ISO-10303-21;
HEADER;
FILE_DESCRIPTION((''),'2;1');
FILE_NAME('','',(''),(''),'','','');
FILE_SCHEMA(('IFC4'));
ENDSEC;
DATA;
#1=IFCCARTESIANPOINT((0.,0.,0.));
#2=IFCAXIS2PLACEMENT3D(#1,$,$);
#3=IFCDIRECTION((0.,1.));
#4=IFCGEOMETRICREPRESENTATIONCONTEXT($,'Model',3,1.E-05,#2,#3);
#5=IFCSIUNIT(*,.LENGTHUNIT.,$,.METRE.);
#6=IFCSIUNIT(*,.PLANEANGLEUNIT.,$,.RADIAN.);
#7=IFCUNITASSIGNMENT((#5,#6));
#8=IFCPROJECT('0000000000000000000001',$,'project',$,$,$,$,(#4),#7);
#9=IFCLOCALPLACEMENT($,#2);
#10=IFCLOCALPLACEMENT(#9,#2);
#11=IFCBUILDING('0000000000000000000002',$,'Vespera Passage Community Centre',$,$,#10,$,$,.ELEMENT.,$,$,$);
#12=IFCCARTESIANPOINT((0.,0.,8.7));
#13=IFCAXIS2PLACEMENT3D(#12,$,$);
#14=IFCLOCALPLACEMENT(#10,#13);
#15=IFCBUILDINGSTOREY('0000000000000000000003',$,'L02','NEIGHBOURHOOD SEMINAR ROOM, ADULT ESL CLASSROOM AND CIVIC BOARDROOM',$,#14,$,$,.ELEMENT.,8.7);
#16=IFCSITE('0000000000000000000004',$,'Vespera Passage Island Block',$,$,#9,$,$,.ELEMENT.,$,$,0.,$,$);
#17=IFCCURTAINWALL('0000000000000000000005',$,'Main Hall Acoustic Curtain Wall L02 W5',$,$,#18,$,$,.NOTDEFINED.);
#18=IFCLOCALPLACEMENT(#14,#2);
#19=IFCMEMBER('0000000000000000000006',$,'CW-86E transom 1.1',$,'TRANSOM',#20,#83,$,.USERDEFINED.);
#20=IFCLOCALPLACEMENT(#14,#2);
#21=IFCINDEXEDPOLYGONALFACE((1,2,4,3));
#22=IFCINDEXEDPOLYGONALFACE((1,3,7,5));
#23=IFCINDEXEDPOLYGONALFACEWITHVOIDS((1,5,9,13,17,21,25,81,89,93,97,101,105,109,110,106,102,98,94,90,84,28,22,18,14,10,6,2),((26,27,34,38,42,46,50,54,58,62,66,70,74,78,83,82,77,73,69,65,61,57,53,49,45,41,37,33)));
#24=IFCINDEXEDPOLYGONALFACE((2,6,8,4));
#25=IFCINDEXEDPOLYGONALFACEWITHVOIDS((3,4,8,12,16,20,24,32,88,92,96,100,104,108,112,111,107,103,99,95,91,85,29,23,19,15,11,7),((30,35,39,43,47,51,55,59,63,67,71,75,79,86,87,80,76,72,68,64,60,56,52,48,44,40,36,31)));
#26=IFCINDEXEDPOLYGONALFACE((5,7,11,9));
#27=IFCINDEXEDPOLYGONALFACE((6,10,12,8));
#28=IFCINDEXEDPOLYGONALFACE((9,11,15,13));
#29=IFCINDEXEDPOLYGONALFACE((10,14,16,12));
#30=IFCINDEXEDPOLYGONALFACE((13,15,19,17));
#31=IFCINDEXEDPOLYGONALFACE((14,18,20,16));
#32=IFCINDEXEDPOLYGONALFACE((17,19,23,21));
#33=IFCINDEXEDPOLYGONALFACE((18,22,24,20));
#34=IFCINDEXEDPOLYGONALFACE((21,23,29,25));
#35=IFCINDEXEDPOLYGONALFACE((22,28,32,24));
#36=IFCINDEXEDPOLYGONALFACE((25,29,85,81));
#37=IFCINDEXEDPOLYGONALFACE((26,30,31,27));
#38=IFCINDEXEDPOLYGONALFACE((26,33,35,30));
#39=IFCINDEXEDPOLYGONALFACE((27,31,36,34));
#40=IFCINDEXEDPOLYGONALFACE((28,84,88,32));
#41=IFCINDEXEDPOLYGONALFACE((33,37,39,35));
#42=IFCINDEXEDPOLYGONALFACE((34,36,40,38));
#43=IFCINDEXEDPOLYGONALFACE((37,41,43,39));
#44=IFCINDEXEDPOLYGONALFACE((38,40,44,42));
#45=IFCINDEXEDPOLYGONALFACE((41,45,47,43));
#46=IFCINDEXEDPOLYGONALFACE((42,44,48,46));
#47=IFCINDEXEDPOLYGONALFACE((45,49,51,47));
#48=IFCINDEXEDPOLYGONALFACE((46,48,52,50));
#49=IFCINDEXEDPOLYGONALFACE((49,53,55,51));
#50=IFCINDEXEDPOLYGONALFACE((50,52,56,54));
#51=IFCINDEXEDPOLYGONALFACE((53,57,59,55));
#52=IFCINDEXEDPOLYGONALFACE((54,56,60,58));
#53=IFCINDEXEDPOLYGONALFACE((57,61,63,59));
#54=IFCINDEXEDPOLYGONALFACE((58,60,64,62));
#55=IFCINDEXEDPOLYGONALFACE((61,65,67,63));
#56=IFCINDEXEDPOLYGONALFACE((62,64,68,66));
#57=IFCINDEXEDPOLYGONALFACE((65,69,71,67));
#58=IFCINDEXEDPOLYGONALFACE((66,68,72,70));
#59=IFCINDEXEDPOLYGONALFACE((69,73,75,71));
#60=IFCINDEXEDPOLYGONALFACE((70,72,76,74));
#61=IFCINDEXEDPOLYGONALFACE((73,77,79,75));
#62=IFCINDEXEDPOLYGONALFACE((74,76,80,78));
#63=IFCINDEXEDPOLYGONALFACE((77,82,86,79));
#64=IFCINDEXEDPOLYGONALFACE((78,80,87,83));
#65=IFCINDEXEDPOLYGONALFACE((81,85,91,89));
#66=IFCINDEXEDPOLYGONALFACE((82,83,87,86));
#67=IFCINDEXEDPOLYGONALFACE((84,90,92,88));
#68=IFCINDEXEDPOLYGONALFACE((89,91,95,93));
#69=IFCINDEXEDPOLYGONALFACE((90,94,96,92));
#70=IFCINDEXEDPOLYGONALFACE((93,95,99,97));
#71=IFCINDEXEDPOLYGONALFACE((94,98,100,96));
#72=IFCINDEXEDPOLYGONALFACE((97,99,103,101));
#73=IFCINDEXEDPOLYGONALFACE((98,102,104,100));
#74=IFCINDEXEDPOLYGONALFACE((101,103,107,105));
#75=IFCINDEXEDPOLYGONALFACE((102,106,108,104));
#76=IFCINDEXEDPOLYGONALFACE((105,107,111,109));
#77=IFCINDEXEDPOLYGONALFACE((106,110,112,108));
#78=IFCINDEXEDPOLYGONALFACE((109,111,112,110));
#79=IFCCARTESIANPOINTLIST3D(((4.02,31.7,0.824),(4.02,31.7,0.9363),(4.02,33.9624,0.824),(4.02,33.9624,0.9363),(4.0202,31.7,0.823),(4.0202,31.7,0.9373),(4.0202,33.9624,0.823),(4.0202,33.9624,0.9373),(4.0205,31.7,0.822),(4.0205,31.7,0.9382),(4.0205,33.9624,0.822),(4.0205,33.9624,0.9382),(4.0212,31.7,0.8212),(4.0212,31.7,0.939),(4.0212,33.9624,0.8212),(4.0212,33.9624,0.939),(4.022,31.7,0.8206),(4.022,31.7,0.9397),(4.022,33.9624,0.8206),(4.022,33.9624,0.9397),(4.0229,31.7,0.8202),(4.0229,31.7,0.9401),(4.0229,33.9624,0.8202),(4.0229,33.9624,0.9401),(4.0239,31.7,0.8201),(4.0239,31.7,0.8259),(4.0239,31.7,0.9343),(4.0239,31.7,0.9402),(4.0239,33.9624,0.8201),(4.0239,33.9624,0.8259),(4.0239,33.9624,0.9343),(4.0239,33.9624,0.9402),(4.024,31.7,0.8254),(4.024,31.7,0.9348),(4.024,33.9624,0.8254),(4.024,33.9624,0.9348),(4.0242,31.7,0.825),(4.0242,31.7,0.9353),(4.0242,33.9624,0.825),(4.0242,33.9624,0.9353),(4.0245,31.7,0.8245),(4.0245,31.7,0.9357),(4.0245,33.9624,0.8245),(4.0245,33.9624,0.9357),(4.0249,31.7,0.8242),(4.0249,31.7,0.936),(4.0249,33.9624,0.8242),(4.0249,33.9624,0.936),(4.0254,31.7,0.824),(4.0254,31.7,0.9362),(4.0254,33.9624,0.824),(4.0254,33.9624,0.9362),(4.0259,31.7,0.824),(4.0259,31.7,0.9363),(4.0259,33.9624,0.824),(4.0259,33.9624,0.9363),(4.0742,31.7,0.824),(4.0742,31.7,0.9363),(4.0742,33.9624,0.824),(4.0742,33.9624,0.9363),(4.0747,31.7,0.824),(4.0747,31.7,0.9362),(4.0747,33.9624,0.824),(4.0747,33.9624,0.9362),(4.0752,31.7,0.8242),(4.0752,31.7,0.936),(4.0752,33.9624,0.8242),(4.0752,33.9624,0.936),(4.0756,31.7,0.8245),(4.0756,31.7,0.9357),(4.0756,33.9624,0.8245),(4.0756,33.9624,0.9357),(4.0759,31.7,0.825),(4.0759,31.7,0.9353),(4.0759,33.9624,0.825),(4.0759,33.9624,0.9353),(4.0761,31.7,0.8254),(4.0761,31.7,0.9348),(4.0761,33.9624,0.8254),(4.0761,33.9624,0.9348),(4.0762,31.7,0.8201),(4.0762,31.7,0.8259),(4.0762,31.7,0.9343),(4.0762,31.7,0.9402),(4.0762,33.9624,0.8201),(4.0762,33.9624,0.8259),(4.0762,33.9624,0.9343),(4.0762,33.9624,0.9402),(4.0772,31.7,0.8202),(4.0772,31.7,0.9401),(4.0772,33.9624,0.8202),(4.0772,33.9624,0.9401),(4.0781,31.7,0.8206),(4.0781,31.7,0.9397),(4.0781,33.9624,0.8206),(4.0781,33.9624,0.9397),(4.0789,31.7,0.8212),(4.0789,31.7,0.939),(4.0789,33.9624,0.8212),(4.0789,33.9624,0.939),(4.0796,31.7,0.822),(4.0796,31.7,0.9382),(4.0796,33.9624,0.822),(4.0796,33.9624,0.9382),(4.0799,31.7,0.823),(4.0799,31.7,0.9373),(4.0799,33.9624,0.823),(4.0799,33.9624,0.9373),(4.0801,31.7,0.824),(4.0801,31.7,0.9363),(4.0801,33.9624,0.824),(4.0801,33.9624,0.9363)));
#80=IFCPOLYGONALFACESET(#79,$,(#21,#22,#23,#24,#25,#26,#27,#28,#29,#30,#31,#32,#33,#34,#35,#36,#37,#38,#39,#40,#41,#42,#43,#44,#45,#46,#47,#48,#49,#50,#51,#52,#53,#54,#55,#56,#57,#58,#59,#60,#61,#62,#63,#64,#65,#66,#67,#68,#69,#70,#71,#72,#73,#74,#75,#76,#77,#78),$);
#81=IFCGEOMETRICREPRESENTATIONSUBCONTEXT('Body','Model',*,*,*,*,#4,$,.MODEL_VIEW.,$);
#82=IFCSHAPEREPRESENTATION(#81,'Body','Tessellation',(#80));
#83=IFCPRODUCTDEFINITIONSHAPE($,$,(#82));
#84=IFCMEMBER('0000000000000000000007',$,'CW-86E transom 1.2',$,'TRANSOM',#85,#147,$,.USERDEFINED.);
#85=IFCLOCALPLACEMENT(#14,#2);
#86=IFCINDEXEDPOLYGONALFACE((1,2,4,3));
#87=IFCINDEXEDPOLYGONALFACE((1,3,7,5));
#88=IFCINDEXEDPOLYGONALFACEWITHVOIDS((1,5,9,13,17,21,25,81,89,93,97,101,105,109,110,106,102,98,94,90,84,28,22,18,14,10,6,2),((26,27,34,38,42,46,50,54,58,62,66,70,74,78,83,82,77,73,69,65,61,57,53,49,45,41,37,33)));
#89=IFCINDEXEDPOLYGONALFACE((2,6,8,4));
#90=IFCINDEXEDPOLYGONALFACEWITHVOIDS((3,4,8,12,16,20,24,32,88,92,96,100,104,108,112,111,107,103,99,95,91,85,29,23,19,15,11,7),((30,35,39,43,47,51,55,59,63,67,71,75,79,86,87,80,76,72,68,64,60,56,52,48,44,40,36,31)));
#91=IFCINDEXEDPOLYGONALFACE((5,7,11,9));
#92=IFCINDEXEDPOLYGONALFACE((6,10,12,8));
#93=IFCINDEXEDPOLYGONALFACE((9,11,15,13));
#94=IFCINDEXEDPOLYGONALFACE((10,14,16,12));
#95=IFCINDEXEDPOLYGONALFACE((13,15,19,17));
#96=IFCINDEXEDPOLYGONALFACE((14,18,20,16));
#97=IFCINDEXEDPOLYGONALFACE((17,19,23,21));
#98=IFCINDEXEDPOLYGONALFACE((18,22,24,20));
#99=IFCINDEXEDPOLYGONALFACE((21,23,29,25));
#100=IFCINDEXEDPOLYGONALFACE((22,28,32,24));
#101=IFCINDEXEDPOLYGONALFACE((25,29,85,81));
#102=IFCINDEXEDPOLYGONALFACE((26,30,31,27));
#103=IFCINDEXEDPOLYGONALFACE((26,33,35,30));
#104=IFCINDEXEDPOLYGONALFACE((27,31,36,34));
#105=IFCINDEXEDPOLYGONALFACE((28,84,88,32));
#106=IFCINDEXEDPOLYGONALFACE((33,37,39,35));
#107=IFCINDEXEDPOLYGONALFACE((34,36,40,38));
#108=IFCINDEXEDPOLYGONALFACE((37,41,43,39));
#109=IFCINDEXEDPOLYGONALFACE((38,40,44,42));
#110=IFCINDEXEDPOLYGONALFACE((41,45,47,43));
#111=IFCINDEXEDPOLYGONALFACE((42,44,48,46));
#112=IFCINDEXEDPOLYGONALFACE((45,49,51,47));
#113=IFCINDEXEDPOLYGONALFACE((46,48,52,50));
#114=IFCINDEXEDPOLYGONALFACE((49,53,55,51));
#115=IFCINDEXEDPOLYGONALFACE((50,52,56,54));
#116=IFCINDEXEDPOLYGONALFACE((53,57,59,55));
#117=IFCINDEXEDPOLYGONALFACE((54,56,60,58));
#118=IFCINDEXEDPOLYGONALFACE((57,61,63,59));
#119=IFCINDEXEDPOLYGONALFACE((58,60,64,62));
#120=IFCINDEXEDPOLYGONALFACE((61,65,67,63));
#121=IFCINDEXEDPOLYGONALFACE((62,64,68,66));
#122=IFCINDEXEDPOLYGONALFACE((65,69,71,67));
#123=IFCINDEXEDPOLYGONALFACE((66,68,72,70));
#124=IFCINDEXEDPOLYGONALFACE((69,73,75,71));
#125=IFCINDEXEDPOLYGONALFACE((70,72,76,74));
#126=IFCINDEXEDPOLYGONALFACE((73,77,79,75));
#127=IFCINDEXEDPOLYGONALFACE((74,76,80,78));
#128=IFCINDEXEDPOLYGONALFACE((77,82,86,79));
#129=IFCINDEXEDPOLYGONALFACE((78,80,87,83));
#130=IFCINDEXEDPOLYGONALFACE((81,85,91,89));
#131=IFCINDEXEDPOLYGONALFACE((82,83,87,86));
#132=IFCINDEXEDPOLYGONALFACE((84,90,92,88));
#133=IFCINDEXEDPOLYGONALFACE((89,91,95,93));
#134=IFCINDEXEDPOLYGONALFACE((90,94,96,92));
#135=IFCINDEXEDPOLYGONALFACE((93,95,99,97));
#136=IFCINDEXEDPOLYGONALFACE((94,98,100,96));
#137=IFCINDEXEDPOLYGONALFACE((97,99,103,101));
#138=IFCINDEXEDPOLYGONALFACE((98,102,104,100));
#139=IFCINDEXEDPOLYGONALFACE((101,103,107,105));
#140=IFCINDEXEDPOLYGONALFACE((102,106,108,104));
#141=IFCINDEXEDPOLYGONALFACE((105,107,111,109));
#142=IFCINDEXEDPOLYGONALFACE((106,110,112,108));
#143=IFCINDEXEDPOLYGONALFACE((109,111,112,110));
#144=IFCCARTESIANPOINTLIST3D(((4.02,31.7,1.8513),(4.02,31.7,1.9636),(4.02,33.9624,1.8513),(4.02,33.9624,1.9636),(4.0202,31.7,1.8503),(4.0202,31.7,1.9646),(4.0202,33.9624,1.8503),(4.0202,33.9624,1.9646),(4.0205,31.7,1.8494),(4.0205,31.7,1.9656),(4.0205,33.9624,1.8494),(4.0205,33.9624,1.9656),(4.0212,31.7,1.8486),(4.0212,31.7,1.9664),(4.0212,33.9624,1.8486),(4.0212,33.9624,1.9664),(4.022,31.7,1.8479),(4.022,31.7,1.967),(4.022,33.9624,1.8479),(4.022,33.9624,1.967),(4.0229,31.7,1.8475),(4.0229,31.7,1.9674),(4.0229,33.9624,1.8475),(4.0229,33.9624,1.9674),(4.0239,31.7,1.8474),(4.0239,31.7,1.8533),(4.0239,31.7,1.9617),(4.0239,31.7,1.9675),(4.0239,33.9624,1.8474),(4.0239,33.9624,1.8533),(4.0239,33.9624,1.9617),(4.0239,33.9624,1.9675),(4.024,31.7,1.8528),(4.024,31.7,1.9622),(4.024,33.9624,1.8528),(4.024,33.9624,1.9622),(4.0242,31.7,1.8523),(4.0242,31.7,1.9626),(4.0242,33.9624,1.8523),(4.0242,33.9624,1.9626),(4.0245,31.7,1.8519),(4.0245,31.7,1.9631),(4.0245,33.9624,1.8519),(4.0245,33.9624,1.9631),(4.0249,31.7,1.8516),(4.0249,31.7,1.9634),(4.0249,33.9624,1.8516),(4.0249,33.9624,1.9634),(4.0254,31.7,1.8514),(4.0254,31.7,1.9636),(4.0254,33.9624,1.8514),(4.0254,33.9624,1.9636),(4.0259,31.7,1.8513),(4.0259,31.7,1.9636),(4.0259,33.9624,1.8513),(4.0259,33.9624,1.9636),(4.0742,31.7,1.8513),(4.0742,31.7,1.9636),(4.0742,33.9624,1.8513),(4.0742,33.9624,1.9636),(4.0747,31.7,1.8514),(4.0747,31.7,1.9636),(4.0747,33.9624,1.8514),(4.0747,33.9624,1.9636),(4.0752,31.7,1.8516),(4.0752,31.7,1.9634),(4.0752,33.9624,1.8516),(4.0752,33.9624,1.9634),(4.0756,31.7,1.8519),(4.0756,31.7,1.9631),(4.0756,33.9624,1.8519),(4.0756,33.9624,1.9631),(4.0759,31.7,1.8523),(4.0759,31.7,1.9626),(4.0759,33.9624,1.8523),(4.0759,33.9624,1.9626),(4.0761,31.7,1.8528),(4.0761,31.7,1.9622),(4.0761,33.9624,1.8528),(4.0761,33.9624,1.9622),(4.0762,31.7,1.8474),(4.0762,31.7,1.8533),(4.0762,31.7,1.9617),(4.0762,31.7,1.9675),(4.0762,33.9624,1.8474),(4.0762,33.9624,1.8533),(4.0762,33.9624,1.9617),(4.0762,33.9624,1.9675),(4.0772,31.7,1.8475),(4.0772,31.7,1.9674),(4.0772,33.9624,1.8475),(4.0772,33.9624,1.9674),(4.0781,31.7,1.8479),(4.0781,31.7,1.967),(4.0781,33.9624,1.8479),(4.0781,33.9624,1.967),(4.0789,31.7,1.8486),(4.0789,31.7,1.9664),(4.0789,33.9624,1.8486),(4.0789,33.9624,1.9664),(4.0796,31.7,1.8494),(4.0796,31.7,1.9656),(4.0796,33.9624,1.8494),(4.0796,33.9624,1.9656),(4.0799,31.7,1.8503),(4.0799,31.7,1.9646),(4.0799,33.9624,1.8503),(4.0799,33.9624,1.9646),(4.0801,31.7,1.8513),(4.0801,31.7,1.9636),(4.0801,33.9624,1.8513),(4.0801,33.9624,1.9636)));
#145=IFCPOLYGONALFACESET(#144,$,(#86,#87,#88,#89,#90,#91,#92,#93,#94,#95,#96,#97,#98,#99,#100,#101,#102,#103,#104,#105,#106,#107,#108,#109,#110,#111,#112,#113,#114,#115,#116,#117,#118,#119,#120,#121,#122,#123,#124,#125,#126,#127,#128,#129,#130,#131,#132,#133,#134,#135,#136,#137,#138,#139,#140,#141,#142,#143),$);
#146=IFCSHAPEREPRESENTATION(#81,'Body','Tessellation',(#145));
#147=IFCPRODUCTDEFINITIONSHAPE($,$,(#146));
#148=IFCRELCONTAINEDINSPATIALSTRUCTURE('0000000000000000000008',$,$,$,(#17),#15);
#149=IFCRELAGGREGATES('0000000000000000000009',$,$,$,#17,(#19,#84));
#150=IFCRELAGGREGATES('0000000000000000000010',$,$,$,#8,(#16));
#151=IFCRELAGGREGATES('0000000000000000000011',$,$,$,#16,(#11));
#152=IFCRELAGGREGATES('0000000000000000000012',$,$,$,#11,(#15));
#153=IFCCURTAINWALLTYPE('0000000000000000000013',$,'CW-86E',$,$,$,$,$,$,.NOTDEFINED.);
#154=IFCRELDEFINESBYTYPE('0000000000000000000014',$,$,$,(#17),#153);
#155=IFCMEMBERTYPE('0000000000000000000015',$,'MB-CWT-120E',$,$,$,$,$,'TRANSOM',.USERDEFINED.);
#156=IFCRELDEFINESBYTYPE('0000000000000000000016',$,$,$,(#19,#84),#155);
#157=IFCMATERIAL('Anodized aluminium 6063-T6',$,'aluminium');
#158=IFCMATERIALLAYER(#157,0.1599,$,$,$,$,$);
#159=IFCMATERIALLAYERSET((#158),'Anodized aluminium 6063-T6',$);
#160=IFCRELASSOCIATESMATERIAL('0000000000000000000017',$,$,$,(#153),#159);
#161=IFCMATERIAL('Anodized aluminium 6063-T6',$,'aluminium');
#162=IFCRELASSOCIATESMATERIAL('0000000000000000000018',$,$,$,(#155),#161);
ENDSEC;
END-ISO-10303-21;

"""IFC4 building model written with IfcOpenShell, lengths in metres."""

from ifc_helpers import new_model, si_unit, direction, frame, origin, origin_2d, place, context, subcontext, project, spatial, hollow_rectangle, extrude, material, layer, layer_set, material_profile, profile_set, type_object, element, aggregate, save


model = new_model("IFC4")

# Units and contexts
model_context = context("Model", 3, precision=1e-05, world=origin(), true_north=direction((0.0, 1.0)))
body_context = subcontext(model_context, "Body", "Model", "MODEL_VIEW")
ifc_project = project(units=[si_unit("LENGTHUNIT", "METRE"), si_unit("PLANEANGLEUNIT", "RADIAN")], contexts=[model_context])

# Site, building, storey
site_placement = place(None, origin())
site = spatial("IfcSite", under=ifc_project, at=site_placement, Name="Vespera Passage Island Block", CompositionType="ELEMENT", RefElevation=0.0)
building_placement = place(site_placement, origin())
building = spatial("IfcBuilding", under=site, at=building_placement, Name="Vespera Passage Community Centre", CompositionType="ELEMENT")
storey_placement = place(building_placement, frame((0.0, 0.0, 8.7)))
storey = spatial("IfcBuildingStorey", under=building, at=storey_placement, Name="L02", Description="NEIGHBOURHOOD SEMINAR ROOM, ADULT ESL CLASSROOM AND CIVIC BOARDROOM", CompositionType="ELEMENT", Elevation=8.7)

# Shared definitions
ifc_material_1 = material(Name="Anodized aluminium 6063-T6", Category="aluminium")
ifc_layer_1 = layer(ifc_material_1, 0.1599)
ifc_layer_set_1 = layer_set([ifc_layer_1], Name="Anodized aluminium 6063-T6")
curtain_wall_type = type_object("IfcCurtainWallType", Name="CW-86E", PredefinedType="NOTDEFINED", material=ifc_layer_set_1)

# Curtain wall
curtain_wall_1_placement = place(storey_placement, origin())
curtain_wall_1 = element("IfcCurtainWall", 1, at=curtain_wall_1_placement, inside=storey, type_object=curtain_wall_type, Name="Main Hall Acoustic Curtain Wall L02 W5", PredefinedType="NOTDEFINED")

# Members
ifc_material_2 = material(Name="Anodized aluminium 6063-T6", Category="aluminium")
ifc_material_profile_1 = material_profile(ifc_material_2, hollow_rectangle(XDim=0.0601, YDim=0.1201, WallThickness=0.0039, InnerFilletRadius=0.002, OuterFilletRadius=0.0039, at=origin_2d()), Name="ALU120X60X4")
ifc_profile_set_1 = profile_set([ifc_material_profile_1], Name="Anodized aluminium 6063-T6")
member_type_1 = type_object("IfcMemberType", Name="MB-CWT-120E", ElementType="TRANSOM", PredefinedType="USERDEFINED", material=ifc_profile_set_1)
member_1_placement = place(storey_placement, frame((4.05, 31.7, 0.8801), z_axis=(0.0, 1.0, 0.0), x_axis=(-1.0, 0.0, 0.0)))
member_1 = element("IfcMember", 2, at=member_1_placement, type_object=member_type_1, Name="CW-86E transom 1.1", ObjectType="TRANSOM", PredefinedType="USERDEFINED", context=body_context, shape_type="SweptSolid", body=[
    extrude(hollow_rectangle(XDim=0.0601, YDim=0.1201, WallThickness=0.0039, InnerFilletRadius=0.002, OuterFilletRadius=0.0039, at=origin_2d()), origin(), (0.0, 0.0, 1.0), 2.2625),
])
member_2_placement = place(storey_placement, frame((4.05, 31.7, 1.9075), z_axis=(0.0, 1.0, 0.0), x_axis=(-1.0, 0.0, 0.0)))
member_2 = element("IfcMember", 3, at=member_2_placement, type_object=member_type_1, Name="CW-86E transom 1.2", ObjectType="TRANSOM", PredefinedType="USERDEFINED", context=body_context, shape_type="SweptSolid", body=[
    extrude(hollow_rectangle(XDim=0.0601, YDim=0.1201, WallThickness=0.0039, InnerFilletRadius=0.002, OuterFilletRadius=0.0039, at=origin_2d()), origin(), (0.0, 0.0, 1.0), 2.2625),
])

aggregate(curtain_wall_1, [member_1, member_2])

save(model, "model.ifc")
